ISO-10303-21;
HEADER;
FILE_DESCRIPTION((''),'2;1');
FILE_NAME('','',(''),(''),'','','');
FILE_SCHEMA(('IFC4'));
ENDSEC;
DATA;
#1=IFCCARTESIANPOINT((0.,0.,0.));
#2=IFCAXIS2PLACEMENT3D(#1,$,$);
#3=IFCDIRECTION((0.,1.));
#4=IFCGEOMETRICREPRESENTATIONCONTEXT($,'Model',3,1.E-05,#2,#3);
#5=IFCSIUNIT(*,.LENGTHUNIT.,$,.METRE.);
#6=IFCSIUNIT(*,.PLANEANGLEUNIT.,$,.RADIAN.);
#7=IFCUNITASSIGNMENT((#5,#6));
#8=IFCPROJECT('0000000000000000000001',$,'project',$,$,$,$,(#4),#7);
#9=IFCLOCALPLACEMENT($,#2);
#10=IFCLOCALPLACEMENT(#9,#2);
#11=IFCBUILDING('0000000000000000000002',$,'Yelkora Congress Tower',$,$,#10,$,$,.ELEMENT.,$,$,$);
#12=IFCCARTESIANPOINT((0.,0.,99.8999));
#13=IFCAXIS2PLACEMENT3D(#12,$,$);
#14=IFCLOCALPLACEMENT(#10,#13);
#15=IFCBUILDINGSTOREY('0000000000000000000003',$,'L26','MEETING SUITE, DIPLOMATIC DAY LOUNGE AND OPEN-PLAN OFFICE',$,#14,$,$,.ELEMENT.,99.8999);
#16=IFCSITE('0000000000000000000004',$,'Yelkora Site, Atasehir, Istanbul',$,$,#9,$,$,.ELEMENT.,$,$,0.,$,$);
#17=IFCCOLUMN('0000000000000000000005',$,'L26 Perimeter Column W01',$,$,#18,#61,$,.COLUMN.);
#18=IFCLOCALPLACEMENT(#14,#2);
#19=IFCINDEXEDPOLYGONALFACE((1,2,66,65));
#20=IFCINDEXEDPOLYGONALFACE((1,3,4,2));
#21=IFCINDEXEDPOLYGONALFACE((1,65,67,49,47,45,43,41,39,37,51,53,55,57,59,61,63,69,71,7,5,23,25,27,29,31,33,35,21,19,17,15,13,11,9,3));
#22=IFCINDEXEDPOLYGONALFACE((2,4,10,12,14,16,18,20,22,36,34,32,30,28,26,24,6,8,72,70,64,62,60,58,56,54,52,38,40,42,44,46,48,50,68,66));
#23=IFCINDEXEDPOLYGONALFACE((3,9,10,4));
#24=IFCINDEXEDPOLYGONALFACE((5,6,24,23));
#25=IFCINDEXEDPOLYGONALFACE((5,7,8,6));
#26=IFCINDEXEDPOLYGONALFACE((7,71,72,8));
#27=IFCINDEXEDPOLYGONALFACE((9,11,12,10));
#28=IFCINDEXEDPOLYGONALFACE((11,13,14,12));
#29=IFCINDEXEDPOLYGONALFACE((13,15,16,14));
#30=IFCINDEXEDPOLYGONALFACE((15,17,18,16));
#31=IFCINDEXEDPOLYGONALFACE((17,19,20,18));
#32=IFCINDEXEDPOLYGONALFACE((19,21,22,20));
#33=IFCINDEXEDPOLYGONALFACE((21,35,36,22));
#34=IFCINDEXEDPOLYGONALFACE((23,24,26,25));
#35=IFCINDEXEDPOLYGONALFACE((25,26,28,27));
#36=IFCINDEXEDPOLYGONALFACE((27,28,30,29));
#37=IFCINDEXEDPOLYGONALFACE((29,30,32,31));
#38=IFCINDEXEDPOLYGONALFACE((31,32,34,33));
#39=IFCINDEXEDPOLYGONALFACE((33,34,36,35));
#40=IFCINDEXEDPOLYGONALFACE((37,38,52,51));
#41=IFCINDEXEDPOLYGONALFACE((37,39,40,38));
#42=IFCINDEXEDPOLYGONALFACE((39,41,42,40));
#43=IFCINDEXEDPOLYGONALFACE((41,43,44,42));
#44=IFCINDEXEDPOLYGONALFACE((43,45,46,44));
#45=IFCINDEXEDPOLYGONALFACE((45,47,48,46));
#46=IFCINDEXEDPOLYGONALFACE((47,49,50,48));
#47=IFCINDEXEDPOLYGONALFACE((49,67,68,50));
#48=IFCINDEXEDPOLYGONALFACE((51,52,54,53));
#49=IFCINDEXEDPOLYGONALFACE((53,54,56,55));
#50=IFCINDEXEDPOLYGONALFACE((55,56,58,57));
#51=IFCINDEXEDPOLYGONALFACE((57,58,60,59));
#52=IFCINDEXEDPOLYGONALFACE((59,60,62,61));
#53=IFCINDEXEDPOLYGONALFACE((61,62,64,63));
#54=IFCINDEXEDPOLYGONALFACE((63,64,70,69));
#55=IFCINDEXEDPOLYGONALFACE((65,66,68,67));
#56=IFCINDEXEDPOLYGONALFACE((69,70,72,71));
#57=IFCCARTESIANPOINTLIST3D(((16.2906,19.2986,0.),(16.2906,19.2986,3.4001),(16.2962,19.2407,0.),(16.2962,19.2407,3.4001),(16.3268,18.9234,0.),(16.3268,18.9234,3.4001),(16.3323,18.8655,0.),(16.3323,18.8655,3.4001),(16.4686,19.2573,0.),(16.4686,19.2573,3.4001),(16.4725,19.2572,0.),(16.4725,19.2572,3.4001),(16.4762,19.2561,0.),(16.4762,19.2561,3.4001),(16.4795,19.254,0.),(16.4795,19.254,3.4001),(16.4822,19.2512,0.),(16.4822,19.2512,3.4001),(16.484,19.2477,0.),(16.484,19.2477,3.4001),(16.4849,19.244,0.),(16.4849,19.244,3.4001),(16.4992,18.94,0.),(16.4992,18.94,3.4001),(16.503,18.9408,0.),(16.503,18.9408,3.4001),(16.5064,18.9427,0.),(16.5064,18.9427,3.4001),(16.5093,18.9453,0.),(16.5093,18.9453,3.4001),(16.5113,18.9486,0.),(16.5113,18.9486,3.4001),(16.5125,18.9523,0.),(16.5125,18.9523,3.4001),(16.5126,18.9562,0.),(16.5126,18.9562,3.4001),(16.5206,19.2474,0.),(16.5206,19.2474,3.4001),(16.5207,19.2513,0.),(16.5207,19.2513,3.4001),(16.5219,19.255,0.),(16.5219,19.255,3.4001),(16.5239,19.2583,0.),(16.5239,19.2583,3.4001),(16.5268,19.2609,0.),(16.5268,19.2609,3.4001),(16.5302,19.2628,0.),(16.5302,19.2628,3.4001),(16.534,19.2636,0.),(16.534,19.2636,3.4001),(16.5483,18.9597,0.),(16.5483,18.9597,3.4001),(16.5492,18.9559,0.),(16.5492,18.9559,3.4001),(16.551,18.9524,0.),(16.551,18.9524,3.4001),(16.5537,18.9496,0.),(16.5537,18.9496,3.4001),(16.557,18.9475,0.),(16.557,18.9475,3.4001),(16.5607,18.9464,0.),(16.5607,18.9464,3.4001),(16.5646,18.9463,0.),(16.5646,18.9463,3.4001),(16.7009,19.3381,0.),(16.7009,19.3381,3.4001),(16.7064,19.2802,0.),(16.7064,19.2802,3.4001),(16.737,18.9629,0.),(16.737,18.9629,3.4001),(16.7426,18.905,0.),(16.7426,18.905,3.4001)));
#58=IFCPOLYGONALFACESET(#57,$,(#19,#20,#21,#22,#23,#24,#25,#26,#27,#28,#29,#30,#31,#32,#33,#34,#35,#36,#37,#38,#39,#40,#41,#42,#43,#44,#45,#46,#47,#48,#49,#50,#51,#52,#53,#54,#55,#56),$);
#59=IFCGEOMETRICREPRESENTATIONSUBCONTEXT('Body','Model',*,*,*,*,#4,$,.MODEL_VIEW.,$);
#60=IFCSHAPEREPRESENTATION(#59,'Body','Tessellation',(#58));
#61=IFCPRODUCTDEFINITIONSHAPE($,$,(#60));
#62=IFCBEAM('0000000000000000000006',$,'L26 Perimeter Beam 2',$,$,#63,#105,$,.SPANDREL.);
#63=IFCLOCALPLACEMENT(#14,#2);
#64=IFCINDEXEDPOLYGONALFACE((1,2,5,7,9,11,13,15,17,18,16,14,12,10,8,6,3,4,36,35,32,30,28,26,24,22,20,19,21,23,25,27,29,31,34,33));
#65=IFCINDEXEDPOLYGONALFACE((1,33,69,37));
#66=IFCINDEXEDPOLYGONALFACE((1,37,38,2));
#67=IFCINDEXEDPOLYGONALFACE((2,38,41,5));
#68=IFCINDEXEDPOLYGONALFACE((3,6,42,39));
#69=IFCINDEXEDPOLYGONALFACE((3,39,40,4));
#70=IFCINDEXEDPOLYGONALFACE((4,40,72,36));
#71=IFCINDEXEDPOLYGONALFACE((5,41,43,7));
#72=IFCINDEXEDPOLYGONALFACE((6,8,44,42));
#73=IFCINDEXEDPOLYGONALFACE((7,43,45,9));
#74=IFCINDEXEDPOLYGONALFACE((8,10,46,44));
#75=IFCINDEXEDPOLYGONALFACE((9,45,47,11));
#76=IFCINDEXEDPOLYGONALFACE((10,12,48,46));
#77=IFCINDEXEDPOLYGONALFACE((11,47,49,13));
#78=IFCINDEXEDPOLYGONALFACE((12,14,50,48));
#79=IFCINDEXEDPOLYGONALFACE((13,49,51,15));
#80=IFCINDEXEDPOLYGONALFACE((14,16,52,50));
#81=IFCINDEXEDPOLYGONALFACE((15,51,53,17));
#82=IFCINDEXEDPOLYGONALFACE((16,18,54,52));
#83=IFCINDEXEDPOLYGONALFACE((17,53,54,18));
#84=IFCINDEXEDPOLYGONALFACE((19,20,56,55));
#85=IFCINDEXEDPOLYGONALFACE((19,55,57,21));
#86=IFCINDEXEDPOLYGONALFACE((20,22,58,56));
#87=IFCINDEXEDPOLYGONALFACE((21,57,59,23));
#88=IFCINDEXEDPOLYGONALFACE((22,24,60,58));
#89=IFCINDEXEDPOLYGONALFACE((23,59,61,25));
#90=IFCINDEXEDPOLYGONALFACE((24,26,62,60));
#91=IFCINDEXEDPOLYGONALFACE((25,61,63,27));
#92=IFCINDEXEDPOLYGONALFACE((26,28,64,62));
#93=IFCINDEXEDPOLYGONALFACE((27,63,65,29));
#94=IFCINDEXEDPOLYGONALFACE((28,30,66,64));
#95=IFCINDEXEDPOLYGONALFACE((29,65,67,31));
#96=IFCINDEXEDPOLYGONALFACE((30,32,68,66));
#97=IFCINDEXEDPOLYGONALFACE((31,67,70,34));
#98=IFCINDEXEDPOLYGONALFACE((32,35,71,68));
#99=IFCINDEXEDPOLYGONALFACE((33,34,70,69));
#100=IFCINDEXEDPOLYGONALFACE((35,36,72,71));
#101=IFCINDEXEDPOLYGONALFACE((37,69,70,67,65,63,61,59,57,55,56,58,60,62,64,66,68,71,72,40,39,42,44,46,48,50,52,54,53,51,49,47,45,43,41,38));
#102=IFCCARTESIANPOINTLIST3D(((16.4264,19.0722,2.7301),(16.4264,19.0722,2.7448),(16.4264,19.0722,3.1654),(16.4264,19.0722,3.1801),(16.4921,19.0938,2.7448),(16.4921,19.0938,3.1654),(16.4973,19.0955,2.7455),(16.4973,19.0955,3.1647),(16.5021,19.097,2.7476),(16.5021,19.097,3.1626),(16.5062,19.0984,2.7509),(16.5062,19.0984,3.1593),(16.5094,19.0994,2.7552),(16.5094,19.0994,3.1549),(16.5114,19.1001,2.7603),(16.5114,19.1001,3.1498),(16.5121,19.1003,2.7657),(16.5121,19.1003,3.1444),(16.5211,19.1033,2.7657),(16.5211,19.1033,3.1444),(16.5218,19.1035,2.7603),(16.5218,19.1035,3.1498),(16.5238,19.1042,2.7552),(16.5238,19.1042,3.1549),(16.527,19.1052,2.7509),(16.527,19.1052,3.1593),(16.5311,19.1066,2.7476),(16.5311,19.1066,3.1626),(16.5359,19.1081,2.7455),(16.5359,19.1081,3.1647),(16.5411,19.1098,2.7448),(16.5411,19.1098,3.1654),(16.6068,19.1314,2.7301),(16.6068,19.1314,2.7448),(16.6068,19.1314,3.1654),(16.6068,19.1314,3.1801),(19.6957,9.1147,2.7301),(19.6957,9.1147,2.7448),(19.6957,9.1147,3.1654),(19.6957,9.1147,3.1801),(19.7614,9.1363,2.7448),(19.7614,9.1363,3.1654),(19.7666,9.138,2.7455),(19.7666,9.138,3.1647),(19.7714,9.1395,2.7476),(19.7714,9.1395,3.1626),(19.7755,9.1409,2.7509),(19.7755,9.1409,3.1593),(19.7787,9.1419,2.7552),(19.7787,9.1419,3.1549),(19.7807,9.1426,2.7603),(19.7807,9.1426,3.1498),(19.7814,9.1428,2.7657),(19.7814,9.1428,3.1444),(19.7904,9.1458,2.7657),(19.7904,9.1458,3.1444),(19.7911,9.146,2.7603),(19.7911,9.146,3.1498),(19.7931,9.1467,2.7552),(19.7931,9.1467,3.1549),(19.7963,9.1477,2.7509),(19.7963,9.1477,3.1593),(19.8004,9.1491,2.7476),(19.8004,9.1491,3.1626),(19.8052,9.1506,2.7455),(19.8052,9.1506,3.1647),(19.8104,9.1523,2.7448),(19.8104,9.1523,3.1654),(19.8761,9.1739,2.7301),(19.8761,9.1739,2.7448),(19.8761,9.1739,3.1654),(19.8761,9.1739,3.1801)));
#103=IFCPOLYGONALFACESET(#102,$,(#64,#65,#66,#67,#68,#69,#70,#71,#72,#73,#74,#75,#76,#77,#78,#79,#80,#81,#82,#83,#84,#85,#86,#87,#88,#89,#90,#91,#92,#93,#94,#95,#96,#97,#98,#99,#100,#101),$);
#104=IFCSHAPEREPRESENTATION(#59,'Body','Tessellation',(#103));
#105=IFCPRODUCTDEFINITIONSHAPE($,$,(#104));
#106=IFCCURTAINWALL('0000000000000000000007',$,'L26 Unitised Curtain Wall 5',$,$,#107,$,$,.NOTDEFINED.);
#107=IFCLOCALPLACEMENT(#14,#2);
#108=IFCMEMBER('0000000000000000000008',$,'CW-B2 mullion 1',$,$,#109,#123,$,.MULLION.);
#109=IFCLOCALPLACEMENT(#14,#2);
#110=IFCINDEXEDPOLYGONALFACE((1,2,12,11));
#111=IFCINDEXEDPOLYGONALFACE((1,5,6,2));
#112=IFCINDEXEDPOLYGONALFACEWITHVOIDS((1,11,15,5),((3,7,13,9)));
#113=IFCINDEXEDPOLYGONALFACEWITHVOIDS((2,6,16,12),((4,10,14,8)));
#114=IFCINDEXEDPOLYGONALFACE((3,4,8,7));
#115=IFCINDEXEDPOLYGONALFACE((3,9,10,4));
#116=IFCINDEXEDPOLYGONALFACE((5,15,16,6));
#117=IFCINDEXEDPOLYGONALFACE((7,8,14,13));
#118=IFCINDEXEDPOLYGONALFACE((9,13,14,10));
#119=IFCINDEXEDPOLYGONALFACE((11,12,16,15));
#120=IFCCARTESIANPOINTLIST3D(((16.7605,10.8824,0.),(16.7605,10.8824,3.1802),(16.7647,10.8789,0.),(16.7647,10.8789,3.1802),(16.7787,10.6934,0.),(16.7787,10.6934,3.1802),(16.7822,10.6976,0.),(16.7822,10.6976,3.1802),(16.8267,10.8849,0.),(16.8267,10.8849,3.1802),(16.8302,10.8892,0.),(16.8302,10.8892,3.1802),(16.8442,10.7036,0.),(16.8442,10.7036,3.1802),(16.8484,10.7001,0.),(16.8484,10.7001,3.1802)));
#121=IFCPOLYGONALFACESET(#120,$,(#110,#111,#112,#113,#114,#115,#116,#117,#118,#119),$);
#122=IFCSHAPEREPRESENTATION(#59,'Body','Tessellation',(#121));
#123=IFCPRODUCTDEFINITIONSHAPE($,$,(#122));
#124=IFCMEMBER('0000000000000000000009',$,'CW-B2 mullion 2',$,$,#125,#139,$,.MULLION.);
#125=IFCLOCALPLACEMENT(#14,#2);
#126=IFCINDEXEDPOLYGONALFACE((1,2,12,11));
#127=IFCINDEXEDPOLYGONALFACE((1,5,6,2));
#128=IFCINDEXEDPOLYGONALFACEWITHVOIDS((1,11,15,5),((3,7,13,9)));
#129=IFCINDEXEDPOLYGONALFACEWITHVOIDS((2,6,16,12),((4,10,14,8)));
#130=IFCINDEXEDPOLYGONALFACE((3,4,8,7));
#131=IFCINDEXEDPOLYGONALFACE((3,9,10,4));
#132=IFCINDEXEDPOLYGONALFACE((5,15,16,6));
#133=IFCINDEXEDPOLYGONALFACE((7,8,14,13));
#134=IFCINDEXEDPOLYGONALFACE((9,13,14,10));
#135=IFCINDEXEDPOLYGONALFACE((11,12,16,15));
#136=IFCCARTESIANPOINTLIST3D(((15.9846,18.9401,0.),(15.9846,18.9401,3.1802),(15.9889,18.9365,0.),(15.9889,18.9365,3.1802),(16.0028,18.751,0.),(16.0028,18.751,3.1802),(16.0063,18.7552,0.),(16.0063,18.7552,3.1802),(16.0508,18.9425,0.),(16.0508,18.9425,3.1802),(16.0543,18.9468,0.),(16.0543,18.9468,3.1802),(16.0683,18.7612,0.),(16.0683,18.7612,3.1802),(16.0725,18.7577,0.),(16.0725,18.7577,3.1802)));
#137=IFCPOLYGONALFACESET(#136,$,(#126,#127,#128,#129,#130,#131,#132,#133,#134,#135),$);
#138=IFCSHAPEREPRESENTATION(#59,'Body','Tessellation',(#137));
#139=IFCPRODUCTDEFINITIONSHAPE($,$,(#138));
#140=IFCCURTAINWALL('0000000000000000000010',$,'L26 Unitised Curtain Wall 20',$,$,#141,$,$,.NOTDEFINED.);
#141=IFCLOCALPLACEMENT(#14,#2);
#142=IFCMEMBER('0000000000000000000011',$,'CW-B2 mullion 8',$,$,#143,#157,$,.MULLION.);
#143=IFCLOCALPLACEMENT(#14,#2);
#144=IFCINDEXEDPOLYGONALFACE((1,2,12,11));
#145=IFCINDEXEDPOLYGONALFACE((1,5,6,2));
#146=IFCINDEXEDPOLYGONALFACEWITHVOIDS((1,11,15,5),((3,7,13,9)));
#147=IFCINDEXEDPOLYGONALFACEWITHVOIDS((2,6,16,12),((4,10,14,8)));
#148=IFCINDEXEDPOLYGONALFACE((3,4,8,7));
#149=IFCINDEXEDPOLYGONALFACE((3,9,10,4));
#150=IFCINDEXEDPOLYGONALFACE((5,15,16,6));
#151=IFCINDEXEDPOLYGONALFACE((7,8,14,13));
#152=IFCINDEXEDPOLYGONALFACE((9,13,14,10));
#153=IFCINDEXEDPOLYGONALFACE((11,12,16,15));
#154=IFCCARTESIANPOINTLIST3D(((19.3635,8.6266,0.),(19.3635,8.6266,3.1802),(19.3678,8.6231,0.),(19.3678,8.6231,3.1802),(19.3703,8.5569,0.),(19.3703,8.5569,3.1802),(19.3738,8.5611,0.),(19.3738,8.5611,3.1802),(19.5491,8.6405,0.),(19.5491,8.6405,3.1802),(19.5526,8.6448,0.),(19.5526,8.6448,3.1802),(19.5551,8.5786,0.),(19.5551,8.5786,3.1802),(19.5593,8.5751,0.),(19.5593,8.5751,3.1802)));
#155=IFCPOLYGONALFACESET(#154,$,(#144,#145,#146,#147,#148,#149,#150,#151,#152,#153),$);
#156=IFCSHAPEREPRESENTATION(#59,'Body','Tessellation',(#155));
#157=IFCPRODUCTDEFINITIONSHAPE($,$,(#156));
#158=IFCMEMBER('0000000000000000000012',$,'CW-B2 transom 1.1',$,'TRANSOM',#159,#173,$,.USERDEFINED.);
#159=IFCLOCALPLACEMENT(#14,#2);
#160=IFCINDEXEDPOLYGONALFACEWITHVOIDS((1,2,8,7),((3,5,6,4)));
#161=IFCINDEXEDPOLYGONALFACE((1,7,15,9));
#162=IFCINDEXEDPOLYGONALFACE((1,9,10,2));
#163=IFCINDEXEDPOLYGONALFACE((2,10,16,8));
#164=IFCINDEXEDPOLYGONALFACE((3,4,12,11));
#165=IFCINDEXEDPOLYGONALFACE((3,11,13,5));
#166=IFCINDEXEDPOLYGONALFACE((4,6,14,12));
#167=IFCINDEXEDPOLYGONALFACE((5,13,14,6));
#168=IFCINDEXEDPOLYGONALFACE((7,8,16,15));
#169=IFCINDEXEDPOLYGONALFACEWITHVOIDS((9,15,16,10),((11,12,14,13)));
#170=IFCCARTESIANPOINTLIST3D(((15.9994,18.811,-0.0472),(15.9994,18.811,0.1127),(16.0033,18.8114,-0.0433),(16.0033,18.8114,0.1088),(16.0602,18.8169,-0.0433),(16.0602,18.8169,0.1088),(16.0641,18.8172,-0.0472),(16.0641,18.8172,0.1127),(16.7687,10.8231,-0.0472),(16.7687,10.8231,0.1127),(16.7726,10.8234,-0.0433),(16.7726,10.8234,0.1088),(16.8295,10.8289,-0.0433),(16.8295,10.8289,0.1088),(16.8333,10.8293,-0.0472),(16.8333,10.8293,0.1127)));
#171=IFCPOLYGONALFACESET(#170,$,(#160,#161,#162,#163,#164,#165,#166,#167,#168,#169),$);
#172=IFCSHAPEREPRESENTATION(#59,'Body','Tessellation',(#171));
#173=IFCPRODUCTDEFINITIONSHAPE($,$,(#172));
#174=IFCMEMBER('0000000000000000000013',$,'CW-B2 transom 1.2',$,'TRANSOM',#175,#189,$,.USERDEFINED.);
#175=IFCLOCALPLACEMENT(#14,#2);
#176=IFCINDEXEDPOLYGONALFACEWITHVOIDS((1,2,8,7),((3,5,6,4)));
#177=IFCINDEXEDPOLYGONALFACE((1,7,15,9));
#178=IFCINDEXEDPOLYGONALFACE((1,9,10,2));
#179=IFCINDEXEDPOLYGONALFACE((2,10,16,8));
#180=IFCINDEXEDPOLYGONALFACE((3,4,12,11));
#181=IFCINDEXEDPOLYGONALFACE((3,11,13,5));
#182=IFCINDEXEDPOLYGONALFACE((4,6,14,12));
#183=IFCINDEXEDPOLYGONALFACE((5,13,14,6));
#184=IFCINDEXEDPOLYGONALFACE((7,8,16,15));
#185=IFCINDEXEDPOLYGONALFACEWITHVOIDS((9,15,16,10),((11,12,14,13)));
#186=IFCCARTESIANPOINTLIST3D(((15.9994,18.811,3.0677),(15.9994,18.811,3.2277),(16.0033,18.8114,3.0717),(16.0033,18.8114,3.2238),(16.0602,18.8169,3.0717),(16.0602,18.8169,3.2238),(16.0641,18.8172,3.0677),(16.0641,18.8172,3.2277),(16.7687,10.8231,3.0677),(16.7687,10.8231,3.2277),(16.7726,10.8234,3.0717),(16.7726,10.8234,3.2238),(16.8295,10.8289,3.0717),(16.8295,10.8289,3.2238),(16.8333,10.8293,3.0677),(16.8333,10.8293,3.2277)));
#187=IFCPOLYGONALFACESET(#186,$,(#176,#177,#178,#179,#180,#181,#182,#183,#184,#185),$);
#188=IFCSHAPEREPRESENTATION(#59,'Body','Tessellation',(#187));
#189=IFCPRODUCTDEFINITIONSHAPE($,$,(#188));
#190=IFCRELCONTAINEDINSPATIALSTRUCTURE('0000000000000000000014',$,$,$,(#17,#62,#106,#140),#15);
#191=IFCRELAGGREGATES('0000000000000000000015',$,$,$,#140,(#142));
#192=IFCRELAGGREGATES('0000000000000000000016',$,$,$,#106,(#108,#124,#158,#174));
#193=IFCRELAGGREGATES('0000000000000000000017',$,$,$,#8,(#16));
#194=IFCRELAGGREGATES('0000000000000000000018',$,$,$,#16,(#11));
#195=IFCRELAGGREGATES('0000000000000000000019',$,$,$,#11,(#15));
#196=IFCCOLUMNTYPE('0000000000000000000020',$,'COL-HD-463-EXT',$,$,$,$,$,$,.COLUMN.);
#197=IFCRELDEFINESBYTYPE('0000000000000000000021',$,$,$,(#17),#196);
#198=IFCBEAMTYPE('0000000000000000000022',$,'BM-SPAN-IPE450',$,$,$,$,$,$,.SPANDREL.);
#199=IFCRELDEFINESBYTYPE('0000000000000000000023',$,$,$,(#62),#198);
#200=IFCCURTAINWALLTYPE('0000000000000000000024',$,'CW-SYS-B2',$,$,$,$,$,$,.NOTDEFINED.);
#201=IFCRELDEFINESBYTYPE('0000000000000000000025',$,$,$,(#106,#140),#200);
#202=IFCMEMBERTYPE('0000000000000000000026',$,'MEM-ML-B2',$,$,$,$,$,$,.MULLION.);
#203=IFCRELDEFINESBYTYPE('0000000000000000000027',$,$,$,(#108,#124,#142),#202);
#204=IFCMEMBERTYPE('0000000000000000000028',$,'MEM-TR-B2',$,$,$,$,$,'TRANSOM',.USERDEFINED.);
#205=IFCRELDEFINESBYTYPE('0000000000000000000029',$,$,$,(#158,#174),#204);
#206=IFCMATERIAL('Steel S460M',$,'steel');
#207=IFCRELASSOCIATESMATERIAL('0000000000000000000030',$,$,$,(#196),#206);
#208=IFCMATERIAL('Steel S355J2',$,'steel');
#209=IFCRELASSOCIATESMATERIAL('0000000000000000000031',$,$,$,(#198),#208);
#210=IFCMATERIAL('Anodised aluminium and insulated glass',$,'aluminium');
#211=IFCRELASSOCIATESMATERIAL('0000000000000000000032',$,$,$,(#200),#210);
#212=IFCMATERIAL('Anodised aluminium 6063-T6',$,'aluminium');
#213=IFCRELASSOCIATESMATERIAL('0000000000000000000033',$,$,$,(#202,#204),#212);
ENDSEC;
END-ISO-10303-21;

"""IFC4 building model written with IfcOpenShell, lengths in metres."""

from ifc_helpers import new_model, si_unit, direction, frame, origin, origin_2d, place, context, subcontext, project, spatial, hollow_rectangle, i_section, extrude, material, material_profile, profile_set, type_object, element, aggregate, save


model = new_model("IFC4")

# Units and contexts
model_context = context("Model", 3, precision=1e-05, world=origin(), true_north=direction((0.0, 1.0)))
body_context = subcontext(model_context, "Body", "Model", "MODEL_VIEW")
ifc_project = project(units=[si_unit("LENGTHUNIT", "METRE"), si_unit("PLANEANGLEUNIT", "RADIAN")], contexts=[model_context])

# Site, building, storey
site_placement = place(None, origin())
site = spatial("IfcSite", under=ifc_project, at=site_placement, Name="Yelkora Site, Atasehir, Istanbul", CompositionType="ELEMENT", RefElevation=0.0)
building_placement = place(site_placement, origin())
building = spatial("IfcBuilding", under=site, at=building_placement, Name="Yelkora Congress Tower", CompositionType="ELEMENT")
storey_placement = place(building_placement, frame((0.0, 0.0, 99.8999)))
storey = spatial("IfcBuildingStorey", under=building, at=storey_placement, Name="L26", Description="MEETING SUITE, DIPLOMATIC DAY LOUNGE AND OPEN-PLAN OFFICE", CompositionType="ELEMENT", Elevation=99.8999)

# Column
ifc_material_1 = material(Name="Steel S460M", Category="steel")
ifc_material_profile_1 = material_profile(ifc_material_1, i_section(OverallWidth=0.4121, OverallDepth=0.4351, WebThickness=0.0359, FlangeThickness=0.0581, FilletRadius=0.0149, at=origin_2d()), Name="HD 400x463")
ifc_profile_set_1 = profile_set([ifc_material_profile_1], Name="Steel S460M")
column_type = type_object("IfcColumnType", Name="COL-HD-463-EXT", PredefinedType="COLUMN", material=ifc_profile_set_1)
column_placement = place(storey_placement, frame((16.5166, 19.1018, 0.0), z_axis=(0.0, 0.0, 1.0), x_axis=(0.995396, 0.095846, 0.0)))
element("IfcColumn", 1, at=column_placement, inside=storey, type_object=column_type, Name="L26 Perimeter Column W01", PredefinedType="COLUMN", context=body_context, shape_type="SweptSolid", body=[
    extrude(i_section(OverallWidth=0.4121, OverallDepth=0.4351, WebThickness=0.0359, FlangeThickness=0.0581, FilletRadius=0.0149, at=origin_2d()), origin(), (0.0, 0.0, 1.0), 3.4001),
])

# Beam
ifc_material_2 = material(Name="Steel S355J2", Category="steel")
ifc_material_profile_2 = material_profile(ifc_material_2, i_section(OverallWidth=0.1899, OverallDepth=0.45, WebThickness=0.0095, FlangeThickness=0.0146, FilletRadius=0.021, at=origin_2d()), Name="IPE 450")
ifc_profile_set_2 = profile_set([ifc_material_profile_2], Name="Steel S355J2")
beam_type = type_object("IfcBeamType", Name="BM-SPAN-IPE450", PredefinedType="SPANDREL", material=ifc_profile_set_2)
beam_placement = place(storey_placement, frame((16.5166, 19.1018, 2.9551), z_axis=(0.311941, -0.950102, 0.0), x_axis=(0.950102, 0.311941, 0.0)))
element("IfcBeam", 2, at=beam_placement, inside=storey, type_object=beam_type, Name="L26 Perimeter Beam 2", PredefinedType="SPANDREL", context=body_context, shape_type="SweptSolid", body=[
    extrude(i_section(OverallWidth=0.1899, OverallDepth=0.45, WebThickness=0.0095, FlangeThickness=0.0146, FilletRadius=0.021, at=origin_2d()), origin(), (0.0, 0.0, 1.0), 10.4805),
])

# Curtain wall, members
ifc_material_3 = material(Name="Anodised aluminium and insulated glass", Category="aluminium")
curtain_wall_type = type_object("IfcCurtainWallType", Name="CW-SYS-B2", PredefinedType="NOTDEFINED", material=ifc_material_3)
curtain_wall_1_placement = place(storey_placement, origin())
curtain_wall_1 = element("IfcCurtainWall", 3, at=curtain_wall_1_placement, inside=storey, type_object=curtain_wall_type, Name="L26 Unitised Curtain Wall 5", PredefinedType="NOTDEFINED")
ifc_material_4 = material(Name="Anodised aluminium 6063-T6", Category="aluminium")
ifc_material_profile_3 = material_profile(ifc_material_4, hollow_rectangle(XDim=0.0701, YDim=0.1899, WallThickness=0.0039, at=origin_2d()), Name="ALU 70x190x4")
ifc_profile_set_3 = profile_set([ifc_material_profile_3], Name="Anodised aluminium 6063-T6")
member_type_1 = type_object("IfcMemberType", Name="MEM-ML-B2", PredefinedType="MULLION", material=ifc_profile_set_3)
member_1_placement = place(storey_placement, frame((16.8044, 10.7913, 0.0), z_axis=(0.0, 0.0, 1.0), x_axis=(-0.995397, -0.095843, 0.0)))
member_1 = element("IfcMember", 4, at=member_1_placement, type_object=member_type_1, Name="CW-B2 mullion 1", PredefinedType="MULLION", context=body_context, shape_type="SweptSolid", body=[
    extrude(hollow_rectangle(XDim=0.0701, YDim=0.1899, WallThickness=0.0039, at=origin_2d()), origin(), (0.0, 0.0, 1.0), 3.1802),
])
member_2_placement = place(storey_placement, frame((16.0286, 18.8489, 0.0), z_axis=(0.0, 0.0, 1.0), x_axis=(-0.995397, -0.095843, 0.0)))
member_2 = element("IfcMember", 5, at=member_2_placement, type_object=member_type_1, Name="CW-B2 mullion 2", PredefinedType="MULLION", context=body_context, shape_type="SweptSolid", body=[
    extrude(hollow_rectangle(XDim=0.0701, YDim=0.1899, WallThickness=0.0039, at=origin_2d()), origin(), (0.0, 0.0, 1.0), 3.1802),
])

# Curtain wall, member
curtain_wall_2_placement = place(storey_placement, origin())
curtain_wall_2 = element("IfcCurtainWall", 6, at=curtain_wall_2_placement, inside=storey, type_object=curtain_wall_type, Name="L26 Unitised Curtain Wall 20", PredefinedType="NOTDEFINED")
member_3_placement = place(storey_placement, frame((19.4614, 8.6008, 0.0), z_axis=(0.0, 0.0, 1.0), x_axis=(0.095844, -0.995396, 0.0)))
member_3 = element("IfcMember", 7, at=member_3_placement, type_object=member_type_1, Name="CW-B2 mullion 8", PredefinedType="MULLION", context=body_context, shape_type="SweptSolid", body=[
    extrude(hollow_rectangle(XDim=0.0701, YDim=0.1899, WallThickness=0.0039, at=origin_2d()), origin(), (0.0, 0.0, 1.0), 3.1802),
])
aggregate(curtain_wall_2, [member_3])

# Members
ifc_material_profile_4 = material_profile(ifc_material_4, hollow_rectangle(XDim=0.0649, YDim=0.1599, WallThickness=0.0039, at=origin_2d()), Name="ALU 65x160x4")
ifc_profile_set_4 = profile_set([ifc_material_profile_4], Name="Anodised aluminium 6063-T6")
member_type_2 = type_object("IfcMemberType", Name="MEM-TR-B2", ElementType="TRANSOM", PredefinedType="USERDEFINED", material=ifc_profile_set_4)
member_4_placement = place(storey_placement, frame((16.801, 10.8262, 0.0327), z_axis=(-0.095861, 0.995395, 0.0), x_axis=(-0.995395, -0.095861, 0.0)))
member_4 = element("IfcMember", 8, at=member_4_placement, type_object=member_type_2, Name="CW-B2 transom 1.1", ObjectType="TRANSOM", PredefinedType="USERDEFINED", context=body_context, shape_type="SweptSolid", body=[
    extrude(hollow_rectangle(XDim=0.0649, YDim=0.1599, WallThickness=0.0039, at=origin_2d()), origin(), (0.0, 0.0, 1.0), 8.0249),
])
member_5_placement = place(storey_placement, frame((16.801, 10.8262, 3.1477), z_axis=(-0.095861, 0.995395, 0.0), x_axis=(-0.995395, -0.095861, 0.0)))
member_5 = element("IfcMember", 9, at=member_5_placement, type_object=member_type_2, Name="CW-B2 transom 1.2", ObjectType="TRANSOM", PredefinedType="USERDEFINED", context=body_context, shape_type="SweptSolid", body=[
    extrude(hollow_rectangle(XDim=0.0649, YDim=0.1599, WallThickness=0.0039, at=origin_2d()), origin(), (0.0, 0.0, 1.0), 8.0249),
])

aggregate(curtain_wall_1, [member_1, member_2, member_4, member_5])

save(model, "model.ifc")
